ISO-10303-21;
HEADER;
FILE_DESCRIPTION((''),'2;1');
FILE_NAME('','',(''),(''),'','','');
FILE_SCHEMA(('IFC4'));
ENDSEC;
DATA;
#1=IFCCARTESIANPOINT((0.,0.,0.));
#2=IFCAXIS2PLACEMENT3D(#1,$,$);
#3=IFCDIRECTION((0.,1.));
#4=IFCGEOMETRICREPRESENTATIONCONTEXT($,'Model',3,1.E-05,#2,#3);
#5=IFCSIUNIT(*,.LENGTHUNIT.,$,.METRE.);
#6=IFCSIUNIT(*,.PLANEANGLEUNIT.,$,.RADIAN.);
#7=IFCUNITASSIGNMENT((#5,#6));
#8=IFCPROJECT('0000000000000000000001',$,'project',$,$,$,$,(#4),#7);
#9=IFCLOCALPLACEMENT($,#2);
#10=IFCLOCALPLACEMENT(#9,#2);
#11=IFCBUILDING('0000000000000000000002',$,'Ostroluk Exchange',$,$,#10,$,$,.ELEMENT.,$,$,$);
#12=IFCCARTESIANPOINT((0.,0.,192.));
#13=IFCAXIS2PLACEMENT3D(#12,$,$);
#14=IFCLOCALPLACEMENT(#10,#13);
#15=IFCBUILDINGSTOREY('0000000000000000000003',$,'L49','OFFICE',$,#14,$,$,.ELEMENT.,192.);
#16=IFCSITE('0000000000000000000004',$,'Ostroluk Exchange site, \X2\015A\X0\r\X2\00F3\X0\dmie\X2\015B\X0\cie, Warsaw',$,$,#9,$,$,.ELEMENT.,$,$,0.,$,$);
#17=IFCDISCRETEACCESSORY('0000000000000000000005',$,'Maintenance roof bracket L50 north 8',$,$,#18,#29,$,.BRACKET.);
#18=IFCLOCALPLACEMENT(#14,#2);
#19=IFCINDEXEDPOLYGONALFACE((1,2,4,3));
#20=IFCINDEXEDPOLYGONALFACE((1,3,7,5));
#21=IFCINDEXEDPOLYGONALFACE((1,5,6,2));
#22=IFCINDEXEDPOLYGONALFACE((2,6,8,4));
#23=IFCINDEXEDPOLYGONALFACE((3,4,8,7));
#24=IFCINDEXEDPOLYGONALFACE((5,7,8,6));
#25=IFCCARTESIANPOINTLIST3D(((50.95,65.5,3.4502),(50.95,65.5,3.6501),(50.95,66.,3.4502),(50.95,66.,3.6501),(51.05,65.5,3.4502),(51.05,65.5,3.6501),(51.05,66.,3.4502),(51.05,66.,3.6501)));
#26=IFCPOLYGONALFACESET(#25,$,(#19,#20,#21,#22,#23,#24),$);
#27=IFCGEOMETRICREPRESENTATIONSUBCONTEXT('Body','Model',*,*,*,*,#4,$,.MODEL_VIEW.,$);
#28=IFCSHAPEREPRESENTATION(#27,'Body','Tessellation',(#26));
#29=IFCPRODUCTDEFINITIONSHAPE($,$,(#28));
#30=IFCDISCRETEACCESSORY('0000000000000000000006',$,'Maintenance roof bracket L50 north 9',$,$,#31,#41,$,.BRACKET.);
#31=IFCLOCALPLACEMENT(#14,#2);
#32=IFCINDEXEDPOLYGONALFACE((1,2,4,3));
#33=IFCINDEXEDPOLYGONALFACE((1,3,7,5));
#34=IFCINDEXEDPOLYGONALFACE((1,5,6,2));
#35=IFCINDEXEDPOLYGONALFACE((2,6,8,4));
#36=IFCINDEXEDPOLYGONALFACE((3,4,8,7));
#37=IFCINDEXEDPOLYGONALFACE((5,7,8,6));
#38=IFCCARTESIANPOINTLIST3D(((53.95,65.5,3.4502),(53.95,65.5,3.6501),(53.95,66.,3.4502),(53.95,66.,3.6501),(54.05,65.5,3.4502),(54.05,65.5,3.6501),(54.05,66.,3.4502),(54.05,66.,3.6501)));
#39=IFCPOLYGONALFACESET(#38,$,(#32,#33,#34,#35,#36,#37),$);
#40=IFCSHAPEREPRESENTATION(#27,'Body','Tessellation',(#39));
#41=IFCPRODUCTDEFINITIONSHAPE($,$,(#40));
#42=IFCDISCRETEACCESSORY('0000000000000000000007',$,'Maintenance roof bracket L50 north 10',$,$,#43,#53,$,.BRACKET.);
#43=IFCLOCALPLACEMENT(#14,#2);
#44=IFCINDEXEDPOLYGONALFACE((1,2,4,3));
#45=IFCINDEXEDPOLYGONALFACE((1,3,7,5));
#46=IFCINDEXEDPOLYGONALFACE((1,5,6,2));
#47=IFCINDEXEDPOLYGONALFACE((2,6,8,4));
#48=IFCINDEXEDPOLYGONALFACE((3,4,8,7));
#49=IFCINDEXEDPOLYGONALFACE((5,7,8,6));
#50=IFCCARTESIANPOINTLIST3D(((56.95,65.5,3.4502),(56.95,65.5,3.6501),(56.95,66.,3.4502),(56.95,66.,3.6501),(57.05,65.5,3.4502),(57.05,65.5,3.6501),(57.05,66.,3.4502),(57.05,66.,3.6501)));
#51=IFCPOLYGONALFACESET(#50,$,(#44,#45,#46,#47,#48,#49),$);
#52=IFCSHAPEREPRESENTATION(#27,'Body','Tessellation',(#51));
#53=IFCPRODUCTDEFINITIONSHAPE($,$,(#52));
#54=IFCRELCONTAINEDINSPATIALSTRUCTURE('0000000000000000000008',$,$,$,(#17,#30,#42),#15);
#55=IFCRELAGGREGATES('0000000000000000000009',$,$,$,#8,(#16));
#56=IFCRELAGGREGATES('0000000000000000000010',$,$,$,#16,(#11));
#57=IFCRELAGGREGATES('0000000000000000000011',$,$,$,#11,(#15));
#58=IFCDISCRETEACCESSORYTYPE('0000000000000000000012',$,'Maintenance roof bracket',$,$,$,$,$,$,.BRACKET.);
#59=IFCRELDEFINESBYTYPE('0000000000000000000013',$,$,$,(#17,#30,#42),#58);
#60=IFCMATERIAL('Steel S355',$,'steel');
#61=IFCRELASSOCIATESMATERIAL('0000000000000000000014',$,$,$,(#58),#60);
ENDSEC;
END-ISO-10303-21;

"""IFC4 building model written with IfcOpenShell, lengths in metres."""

from ifc_helpers import new_model, si_unit, direction, frame, origin, origin_2d, place, context, subcontext, project, spatial, rectangle, extrude, material, type_object, element, save


model = new_model("IFC4")

# Units and contexts
model_context = context("Model", 3, precision=1e-05, world=origin(), true_north=direction((0.0, 1.0)))
body_context = subcontext(model_context, "Body", "Model", "MODEL_VIEW")
ifc_project = project(units=[si_unit("LENGTHUNIT", "METRE"), si_unit("PLANEANGLEUNIT", "RADIAN")], contexts=[model_context])

# Site, building, storey
site_placement = place(None, origin())
site = spatial("IfcSite", under=ifc_project, at=site_placement, Name="Ostroluk Exchange site, Śródmieście, Warsaw", CompositionType="ELEMENT", RefElevation=0.0)
building_placement = place(site_placement, origin())
building = spatial("IfcBuilding", under=site, at=building_placement, Name="Ostroluk Exchange", CompositionType="ELEMENT")
storey_placement = place(building_placement, frame((0.0, 0.0, 192.0)))
storey = spatial("IfcBuildingStorey", under=building, at=storey_placement, Name="L49", Description="OFFICE", CompositionType="ELEMENT", Elevation=192.0)

# Discrete accessories
ifc_material_1 = material(Name="Steel S355", Category="steel")
discrete_accessory_type = type_object("IfcDiscreteAccessoryType", Name="Maintenance roof bracket", PredefinedType="BRACKET", material=ifc_material_1)
for number, where, z_axis, x_axis, name in (
    (1, (51.0, 65.75, 3.4502), (0.0, 0.0, 1.0), (1.0, 0.0, 0.0), "Maintenance roof bracket L50 north 8"),
    (2, (54.0, 65.75, 3.4502), (0.0, 0.0, 1.0), (1.0, 0.0, 0.0), "Maintenance roof bracket L50 north 9"),
    (3, (57.0, 65.75, 3.4502), (0.0, 0.0, 1.0), (1.0, 0.0, 0.0), "Maintenance roof bracket L50 north 10"),
):
    element("IfcDiscreteAccessory", number, at=place(storey_placement, frame(where, z_axis=z_axis, x_axis=x_axis)), inside=storey, type_object=discrete_accessory_type, Name=name, PredefinedType="BRACKET", context=body_context, shape_type="SweptSolid", body=[
        extrude(rectangle(XDim=0.1001, YDim=0.5, at=origin_2d()), origin(), (0.0, 0.0, 1.0), 0.2),
    ])

save(model, "model.ifc")
